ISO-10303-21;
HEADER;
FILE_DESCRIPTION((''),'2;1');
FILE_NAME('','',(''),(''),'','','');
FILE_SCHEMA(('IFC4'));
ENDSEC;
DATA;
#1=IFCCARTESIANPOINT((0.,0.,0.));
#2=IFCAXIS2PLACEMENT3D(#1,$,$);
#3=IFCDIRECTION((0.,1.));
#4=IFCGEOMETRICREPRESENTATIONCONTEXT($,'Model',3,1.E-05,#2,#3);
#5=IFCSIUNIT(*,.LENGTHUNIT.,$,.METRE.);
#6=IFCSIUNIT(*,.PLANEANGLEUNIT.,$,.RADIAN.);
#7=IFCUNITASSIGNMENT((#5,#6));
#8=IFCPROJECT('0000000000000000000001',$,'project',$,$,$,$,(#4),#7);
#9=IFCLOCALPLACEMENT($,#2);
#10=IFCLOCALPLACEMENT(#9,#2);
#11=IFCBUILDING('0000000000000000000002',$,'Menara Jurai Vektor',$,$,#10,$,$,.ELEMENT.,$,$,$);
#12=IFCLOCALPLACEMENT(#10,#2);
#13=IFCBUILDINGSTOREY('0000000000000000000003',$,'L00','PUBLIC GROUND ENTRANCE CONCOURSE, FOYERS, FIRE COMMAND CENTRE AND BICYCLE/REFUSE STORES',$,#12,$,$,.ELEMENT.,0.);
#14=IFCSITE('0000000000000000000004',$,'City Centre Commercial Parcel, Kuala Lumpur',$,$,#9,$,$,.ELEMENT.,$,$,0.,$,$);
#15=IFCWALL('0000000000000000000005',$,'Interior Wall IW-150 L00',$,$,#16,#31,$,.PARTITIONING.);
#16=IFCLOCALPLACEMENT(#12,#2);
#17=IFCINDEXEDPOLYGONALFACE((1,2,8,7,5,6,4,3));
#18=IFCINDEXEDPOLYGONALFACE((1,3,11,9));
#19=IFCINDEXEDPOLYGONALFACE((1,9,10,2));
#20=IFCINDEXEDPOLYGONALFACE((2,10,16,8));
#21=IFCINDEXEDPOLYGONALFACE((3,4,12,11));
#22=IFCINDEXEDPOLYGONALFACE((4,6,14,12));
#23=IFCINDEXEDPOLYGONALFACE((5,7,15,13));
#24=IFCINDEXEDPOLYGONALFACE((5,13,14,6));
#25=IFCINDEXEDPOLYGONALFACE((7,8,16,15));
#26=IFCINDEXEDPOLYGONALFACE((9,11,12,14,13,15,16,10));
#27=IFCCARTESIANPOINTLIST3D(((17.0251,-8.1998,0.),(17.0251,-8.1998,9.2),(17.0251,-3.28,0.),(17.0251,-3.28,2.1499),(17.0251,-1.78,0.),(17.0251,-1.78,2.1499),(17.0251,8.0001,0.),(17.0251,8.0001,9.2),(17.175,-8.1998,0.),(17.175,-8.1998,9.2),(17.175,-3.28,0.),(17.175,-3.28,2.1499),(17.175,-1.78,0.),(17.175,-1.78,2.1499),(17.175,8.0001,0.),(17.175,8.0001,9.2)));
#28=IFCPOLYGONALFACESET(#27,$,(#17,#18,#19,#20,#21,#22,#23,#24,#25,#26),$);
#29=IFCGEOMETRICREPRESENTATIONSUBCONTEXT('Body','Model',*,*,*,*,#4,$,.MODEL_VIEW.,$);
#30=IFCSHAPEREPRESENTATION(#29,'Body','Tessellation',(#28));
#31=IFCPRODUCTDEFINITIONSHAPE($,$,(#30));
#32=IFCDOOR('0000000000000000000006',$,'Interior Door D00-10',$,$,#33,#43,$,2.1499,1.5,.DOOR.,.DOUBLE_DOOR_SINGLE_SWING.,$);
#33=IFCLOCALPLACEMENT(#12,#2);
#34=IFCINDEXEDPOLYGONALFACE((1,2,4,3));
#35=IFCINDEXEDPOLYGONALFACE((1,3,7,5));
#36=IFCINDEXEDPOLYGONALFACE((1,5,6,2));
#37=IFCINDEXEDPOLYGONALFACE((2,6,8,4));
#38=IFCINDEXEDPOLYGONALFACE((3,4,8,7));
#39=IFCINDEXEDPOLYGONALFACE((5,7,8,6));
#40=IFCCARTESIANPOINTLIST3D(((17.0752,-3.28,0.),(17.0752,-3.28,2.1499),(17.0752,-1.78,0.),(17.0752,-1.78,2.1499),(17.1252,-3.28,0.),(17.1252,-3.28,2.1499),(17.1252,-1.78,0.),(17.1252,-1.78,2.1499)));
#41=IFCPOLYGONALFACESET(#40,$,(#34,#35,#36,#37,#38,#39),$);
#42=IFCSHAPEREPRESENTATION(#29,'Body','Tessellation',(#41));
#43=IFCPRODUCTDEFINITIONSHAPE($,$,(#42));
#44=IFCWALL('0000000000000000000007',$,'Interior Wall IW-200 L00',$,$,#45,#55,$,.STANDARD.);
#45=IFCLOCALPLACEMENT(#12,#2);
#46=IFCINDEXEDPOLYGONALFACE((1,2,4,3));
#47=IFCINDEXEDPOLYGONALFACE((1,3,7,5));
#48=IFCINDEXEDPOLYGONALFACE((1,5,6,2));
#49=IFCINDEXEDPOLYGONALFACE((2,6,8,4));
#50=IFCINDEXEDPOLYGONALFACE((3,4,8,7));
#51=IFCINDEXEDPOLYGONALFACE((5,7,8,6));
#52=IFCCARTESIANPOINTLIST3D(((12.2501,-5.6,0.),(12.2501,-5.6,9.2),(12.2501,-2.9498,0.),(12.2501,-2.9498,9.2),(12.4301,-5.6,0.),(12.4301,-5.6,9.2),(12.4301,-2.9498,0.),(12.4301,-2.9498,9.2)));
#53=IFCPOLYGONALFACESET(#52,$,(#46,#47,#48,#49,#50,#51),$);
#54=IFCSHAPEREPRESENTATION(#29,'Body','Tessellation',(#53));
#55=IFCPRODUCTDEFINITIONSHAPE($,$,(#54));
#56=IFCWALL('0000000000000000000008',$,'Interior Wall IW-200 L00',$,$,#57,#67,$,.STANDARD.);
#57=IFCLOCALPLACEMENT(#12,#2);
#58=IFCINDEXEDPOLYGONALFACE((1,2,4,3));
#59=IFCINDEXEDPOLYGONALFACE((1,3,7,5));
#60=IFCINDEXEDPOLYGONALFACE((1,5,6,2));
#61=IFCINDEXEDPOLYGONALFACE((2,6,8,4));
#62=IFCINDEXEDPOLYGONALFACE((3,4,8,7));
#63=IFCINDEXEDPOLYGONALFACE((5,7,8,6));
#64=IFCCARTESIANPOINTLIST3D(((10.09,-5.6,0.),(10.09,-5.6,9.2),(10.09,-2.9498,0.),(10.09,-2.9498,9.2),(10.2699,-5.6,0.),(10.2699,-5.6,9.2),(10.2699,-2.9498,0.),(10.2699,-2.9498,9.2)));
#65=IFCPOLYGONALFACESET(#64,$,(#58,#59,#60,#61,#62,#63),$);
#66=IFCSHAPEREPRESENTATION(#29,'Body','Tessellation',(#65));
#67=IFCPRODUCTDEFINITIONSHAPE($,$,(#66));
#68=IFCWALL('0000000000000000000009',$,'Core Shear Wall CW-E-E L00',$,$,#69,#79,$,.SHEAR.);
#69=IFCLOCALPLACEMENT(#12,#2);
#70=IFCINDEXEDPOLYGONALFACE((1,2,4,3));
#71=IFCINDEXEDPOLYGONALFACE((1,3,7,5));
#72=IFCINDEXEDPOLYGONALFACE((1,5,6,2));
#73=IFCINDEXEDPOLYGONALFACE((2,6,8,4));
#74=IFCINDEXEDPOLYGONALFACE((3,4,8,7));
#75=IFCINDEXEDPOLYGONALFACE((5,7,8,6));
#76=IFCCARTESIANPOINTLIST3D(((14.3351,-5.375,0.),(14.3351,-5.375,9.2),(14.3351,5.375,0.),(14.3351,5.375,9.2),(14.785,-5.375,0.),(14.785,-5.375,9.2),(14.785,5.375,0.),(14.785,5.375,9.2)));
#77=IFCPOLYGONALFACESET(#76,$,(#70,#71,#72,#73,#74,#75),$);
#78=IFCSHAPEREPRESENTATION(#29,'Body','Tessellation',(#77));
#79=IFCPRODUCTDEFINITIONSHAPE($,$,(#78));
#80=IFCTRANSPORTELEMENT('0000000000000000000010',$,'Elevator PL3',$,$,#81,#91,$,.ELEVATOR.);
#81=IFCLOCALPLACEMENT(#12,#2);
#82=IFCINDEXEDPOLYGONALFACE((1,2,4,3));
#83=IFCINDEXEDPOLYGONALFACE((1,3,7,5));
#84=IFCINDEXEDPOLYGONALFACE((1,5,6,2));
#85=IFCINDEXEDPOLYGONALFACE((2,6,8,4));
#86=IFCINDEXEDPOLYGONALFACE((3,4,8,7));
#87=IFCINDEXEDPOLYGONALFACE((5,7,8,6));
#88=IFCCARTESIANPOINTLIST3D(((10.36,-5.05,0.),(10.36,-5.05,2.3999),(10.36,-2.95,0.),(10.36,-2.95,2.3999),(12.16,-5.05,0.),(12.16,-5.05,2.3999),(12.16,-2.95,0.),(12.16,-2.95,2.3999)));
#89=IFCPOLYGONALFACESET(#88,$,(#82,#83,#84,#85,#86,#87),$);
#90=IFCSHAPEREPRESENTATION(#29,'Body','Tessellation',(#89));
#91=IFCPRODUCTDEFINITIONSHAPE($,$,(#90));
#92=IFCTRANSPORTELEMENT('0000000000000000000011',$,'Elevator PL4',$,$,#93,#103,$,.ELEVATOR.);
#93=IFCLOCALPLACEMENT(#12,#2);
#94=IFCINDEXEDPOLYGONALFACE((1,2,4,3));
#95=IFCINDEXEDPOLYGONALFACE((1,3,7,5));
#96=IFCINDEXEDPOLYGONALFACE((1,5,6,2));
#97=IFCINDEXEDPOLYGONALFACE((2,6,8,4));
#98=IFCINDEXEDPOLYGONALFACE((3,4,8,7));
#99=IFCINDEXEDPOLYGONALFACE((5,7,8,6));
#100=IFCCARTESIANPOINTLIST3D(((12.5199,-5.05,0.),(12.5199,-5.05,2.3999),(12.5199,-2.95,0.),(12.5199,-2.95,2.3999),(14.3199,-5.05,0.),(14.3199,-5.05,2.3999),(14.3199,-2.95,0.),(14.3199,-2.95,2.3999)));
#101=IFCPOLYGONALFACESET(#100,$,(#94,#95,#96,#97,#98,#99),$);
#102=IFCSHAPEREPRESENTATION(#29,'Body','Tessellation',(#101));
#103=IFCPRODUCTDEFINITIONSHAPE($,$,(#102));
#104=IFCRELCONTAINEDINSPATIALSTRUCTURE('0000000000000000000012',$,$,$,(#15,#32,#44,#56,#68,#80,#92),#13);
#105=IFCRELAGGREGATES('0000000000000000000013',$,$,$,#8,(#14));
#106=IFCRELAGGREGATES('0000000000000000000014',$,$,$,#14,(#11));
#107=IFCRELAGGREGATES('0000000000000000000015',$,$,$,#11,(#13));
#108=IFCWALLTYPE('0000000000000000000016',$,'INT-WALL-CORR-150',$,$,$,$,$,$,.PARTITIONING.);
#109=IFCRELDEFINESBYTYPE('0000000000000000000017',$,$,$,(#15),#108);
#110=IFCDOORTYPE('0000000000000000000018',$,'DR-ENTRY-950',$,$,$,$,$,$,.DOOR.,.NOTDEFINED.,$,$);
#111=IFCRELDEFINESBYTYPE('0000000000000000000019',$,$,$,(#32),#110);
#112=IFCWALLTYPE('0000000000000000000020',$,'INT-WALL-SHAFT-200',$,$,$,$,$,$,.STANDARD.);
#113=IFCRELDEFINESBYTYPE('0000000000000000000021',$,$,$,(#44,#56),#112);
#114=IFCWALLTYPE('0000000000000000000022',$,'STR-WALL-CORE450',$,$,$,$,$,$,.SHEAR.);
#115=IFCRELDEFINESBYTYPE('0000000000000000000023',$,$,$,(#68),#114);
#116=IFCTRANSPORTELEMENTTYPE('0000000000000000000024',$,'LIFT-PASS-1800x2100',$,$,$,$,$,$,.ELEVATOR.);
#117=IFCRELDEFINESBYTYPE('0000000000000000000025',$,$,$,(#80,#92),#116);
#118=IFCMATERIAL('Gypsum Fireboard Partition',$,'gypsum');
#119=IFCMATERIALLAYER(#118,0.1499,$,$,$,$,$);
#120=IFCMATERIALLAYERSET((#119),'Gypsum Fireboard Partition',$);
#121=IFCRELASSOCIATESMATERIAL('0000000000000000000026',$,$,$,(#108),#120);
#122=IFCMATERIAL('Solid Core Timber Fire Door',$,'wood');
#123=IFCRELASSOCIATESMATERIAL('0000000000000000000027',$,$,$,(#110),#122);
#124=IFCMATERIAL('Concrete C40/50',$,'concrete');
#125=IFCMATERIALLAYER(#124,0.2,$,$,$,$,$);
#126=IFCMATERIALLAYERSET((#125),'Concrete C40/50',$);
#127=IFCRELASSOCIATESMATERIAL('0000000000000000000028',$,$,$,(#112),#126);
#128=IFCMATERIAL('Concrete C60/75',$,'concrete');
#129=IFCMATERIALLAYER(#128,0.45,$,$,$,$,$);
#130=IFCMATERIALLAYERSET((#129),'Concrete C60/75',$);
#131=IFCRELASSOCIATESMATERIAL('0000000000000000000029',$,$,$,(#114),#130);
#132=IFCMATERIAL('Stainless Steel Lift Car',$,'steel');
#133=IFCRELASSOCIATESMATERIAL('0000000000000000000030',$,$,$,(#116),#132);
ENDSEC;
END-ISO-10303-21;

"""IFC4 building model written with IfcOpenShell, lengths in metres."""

from ifc_helpers import new_model, si_unit, direction, frame, frame_2d, origin, origin_2d, place, context, subcontext, project, spatial, rectangle, extrude, material, layer, layer_set, type_object, element, fill, save


model = new_model("IFC4")

# Units and contexts
model_context = context("Model", 3, precision=1e-05, world=origin(), true_north=direction((0.0, 1.0)))
body_context = subcontext(model_context, "Body", "Model", "MODEL_VIEW")
ifc_project = project(units=[si_unit("LENGTHUNIT", "METRE"), si_unit("PLANEANGLEUNIT", "RADIAN")], contexts=[model_context])

# Site, building, storey
site_placement = place(None, origin())
site = spatial("IfcSite", under=ifc_project, at=site_placement, Name="City Centre Commercial Parcel, Kuala Lumpur", CompositionType="ELEMENT", RefElevation=0.0)
building_placement = place(site_placement, origin())
building = spatial("IfcBuilding", under=site, at=building_placement, Name="Menara Jurai Vektor", CompositionType="ELEMENT")
storey_placement = place(building_placement, origin())
storey = spatial("IfcBuildingStorey", under=building, at=storey_placement, Name="L00", Description="PUBLIC GROUND ENTRANCE CONCOURSE, FOYERS, FIRE COMMAND CENTRE AND BICYCLE/REFUSE STORES", CompositionType="ELEMENT", Elevation=0.0)

# Shared definitions
ifc_material_1 = material(Name="Concrete C60/75", Category="concrete")

# Shared definitions
ifc_material_2 = material(Name="Concrete C40/50", Category="concrete")

# Wall, opening, door
ifc_material_3 = material(Name="Gypsum Fireboard Partition", Category="gypsum")
ifc_layer_1 = layer(ifc_material_3, 0.1499)
ifc_layer_set_1 = layer_set([ifc_layer_1], Name="Gypsum Fireboard Partition")
wall_type_1 = type_object("IfcWallType", Name="INT-WALL-CORR-150", PredefinedType="PARTITIONING", material=ifc_layer_set_1)
wall_1_placement = place(storey_placement, frame((17.1001, -8.2, 0.0), z_axis=(0.0, 0.0, 1.0), x_axis=(0.0, 1.0, 0.0)))
wall_1 = element("IfcWall", 1, at=wall_1_placement, inside=storey, type_object=wall_type_1, Name="Interior Wall IW-150 L00", PredefinedType="PARTITIONING", context=body_context, shape_type="SweptSolid", body=[
    extrude(rectangle(XDim=16.2, YDim=0.1499, at=frame_2d((8.1001, 0.0))), origin(), (0.0, 0.0, 1.0), 9.2),
])
opening_1_placement = place(wall_1_placement, frame((4.9199, 0.0, 0.0)))
opening_1 = element("IfcOpeningElement", 2, at=opening_1_placement, cuts=wall_1, PredefinedType="OPENING", context=body_context, shape_type="SweptSolid", body=[
    extrude(rectangle(XDim=1.5, YDim=2.1499, at=frame_2d((0.75, 1.075))), frame((0.0, 0.085, 0.0), z_axis=(0.0, -1.0, 0.0), x_axis=(1.0, 0.0, 0.0)), (0.0, 0.0, 1.0), 0.1699),
])
ifc_material_4 = material(Name="Solid Core Timber Fire Door", Category="wood")
door_type_1 = type_object("IfcDoorType", Name="DR-ENTRY-950", OperationType="NOTDEFINED", PredefinedType="DOOR", material=ifc_material_4)
door_1_placement = place(opening_1_placement, origin())
door_1 = element("IfcDoor", 3, at=door_1_placement, inside=storey, type_object=door_type_1, Name="Interior Door D00-10", OperationType="DOUBLE_DOOR_SINGLE_SWING", OverallHeight=2.1499, OverallWidth=1.5, PredefinedType="DOOR", context=body_context, shape_type="SweptSolid", body=[
    extrude(rectangle(XDim=1.5, YDim=2.1499, at=frame_2d((0.75, 1.075))), frame((0.0, 0.0249, 0.0), z_axis=(0.0, -1.0, 0.0), x_axis=(1.0, 0.0, 0.0)), (0.0, 0.0, 1.0), 0.05),
])
fill(opening_1, door_1)

# Walls
ifc_layer_2 = layer(ifc_material_2, 0.2)
ifc_layer_set_2 = layer_set([ifc_layer_2], Name="Concrete C40/50")
wall_type_2 = type_object("IfcWallType", Name="INT-WALL-SHAFT-200", PredefinedType="STANDARD", material=ifc_layer_set_2)
for number, where, z_axis, x_axis, name in (
    (4, (12.3401, -5.6001, 0.0), (0.0, 0.0, 1.0), (0.0, 1.0, 0.0), "Interior Wall IW-200 L00"),
    (5, (10.1799, -5.6001, 0.0), (0.0, 0.0, 1.0), (0.0, 1.0, 0.0), "Interior Wall IW-200 L00"),
):
    element("IfcWall", number, at=place(storey_placement, frame(where, z_axis=z_axis, x_axis=x_axis)), inside=storey, type_object=wall_type_2, Name=name, PredefinedType="STANDARD", context=body_context, shape_type="SweptSolid", body=[
        extrude(rectangle(XDim=2.6501, YDim=0.1799, at=frame_2d((1.3252, 0.0))), origin(), (0.0, 0.0, 1.0), 9.2),
    ])
ifc_layer_3 = layer(ifc_material_1, 0.45)
ifc_layer_set_3 = layer_set([ifc_layer_3], Name="Concrete C60/75")
wall_type_3 = type_object("IfcWallType", Name="STR-WALL-CORE450", PredefinedType="SHEAR", material=ifc_layer_set_3)
wall_2_placement = place(storey_placement, frame((14.5601, -5.375, 0.0), z_axis=(0.0, 0.0, 1.0), x_axis=(0.0, 1.0, 0.0)))
element("IfcWall", 6, at=wall_2_placement, inside=storey, type_object=wall_type_3, Name="Core Shear Wall CW-E-E L00", PredefinedType="SHEAR", context=body_context, shape_type="SweptSolid", body=[
    extrude(rectangle(XDim=10.75, YDim=0.45, at=frame_2d((5.375, 0.0))), origin(), (0.0, 0.0, 1.0), 9.2),
])

# Transport elements
ifc_material_5 = material(Name="Stainless Steel Lift Car", Category="steel")
transport_element_type = type_object("IfcTransportElementType", Name="LIFT-PASS-1800x2100", PredefinedType="ELEVATOR", material=ifc_material_5)
for number, where, z_axis, x_axis, name in (
    (7, (11.26, -4.0, 0.0), (0.0, 0.0, 1.0), (1.0, 0.0, 0.0), "Elevator PL3"),
    (8, (13.4199, -4.0, 0.0), (0.0, 0.0, 1.0), (1.0, 0.0, 0.0), "Elevator PL4"),
):
    element("IfcTransportElement", number, at=place(storey_placement, frame(where, z_axis=z_axis, x_axis=x_axis)), inside=storey, type_object=transport_element_type, Name=name, PredefinedType="ELEVATOR", context=body_context, shape_type="SweptSolid", body=[
        extrude(rectangle(XDim=1.8, YDim=2.1001, at=origin_2d()), origin(), (0.0, 0.0, 1.0), 2.3999),
    ])

save(model, "model.ifc")
